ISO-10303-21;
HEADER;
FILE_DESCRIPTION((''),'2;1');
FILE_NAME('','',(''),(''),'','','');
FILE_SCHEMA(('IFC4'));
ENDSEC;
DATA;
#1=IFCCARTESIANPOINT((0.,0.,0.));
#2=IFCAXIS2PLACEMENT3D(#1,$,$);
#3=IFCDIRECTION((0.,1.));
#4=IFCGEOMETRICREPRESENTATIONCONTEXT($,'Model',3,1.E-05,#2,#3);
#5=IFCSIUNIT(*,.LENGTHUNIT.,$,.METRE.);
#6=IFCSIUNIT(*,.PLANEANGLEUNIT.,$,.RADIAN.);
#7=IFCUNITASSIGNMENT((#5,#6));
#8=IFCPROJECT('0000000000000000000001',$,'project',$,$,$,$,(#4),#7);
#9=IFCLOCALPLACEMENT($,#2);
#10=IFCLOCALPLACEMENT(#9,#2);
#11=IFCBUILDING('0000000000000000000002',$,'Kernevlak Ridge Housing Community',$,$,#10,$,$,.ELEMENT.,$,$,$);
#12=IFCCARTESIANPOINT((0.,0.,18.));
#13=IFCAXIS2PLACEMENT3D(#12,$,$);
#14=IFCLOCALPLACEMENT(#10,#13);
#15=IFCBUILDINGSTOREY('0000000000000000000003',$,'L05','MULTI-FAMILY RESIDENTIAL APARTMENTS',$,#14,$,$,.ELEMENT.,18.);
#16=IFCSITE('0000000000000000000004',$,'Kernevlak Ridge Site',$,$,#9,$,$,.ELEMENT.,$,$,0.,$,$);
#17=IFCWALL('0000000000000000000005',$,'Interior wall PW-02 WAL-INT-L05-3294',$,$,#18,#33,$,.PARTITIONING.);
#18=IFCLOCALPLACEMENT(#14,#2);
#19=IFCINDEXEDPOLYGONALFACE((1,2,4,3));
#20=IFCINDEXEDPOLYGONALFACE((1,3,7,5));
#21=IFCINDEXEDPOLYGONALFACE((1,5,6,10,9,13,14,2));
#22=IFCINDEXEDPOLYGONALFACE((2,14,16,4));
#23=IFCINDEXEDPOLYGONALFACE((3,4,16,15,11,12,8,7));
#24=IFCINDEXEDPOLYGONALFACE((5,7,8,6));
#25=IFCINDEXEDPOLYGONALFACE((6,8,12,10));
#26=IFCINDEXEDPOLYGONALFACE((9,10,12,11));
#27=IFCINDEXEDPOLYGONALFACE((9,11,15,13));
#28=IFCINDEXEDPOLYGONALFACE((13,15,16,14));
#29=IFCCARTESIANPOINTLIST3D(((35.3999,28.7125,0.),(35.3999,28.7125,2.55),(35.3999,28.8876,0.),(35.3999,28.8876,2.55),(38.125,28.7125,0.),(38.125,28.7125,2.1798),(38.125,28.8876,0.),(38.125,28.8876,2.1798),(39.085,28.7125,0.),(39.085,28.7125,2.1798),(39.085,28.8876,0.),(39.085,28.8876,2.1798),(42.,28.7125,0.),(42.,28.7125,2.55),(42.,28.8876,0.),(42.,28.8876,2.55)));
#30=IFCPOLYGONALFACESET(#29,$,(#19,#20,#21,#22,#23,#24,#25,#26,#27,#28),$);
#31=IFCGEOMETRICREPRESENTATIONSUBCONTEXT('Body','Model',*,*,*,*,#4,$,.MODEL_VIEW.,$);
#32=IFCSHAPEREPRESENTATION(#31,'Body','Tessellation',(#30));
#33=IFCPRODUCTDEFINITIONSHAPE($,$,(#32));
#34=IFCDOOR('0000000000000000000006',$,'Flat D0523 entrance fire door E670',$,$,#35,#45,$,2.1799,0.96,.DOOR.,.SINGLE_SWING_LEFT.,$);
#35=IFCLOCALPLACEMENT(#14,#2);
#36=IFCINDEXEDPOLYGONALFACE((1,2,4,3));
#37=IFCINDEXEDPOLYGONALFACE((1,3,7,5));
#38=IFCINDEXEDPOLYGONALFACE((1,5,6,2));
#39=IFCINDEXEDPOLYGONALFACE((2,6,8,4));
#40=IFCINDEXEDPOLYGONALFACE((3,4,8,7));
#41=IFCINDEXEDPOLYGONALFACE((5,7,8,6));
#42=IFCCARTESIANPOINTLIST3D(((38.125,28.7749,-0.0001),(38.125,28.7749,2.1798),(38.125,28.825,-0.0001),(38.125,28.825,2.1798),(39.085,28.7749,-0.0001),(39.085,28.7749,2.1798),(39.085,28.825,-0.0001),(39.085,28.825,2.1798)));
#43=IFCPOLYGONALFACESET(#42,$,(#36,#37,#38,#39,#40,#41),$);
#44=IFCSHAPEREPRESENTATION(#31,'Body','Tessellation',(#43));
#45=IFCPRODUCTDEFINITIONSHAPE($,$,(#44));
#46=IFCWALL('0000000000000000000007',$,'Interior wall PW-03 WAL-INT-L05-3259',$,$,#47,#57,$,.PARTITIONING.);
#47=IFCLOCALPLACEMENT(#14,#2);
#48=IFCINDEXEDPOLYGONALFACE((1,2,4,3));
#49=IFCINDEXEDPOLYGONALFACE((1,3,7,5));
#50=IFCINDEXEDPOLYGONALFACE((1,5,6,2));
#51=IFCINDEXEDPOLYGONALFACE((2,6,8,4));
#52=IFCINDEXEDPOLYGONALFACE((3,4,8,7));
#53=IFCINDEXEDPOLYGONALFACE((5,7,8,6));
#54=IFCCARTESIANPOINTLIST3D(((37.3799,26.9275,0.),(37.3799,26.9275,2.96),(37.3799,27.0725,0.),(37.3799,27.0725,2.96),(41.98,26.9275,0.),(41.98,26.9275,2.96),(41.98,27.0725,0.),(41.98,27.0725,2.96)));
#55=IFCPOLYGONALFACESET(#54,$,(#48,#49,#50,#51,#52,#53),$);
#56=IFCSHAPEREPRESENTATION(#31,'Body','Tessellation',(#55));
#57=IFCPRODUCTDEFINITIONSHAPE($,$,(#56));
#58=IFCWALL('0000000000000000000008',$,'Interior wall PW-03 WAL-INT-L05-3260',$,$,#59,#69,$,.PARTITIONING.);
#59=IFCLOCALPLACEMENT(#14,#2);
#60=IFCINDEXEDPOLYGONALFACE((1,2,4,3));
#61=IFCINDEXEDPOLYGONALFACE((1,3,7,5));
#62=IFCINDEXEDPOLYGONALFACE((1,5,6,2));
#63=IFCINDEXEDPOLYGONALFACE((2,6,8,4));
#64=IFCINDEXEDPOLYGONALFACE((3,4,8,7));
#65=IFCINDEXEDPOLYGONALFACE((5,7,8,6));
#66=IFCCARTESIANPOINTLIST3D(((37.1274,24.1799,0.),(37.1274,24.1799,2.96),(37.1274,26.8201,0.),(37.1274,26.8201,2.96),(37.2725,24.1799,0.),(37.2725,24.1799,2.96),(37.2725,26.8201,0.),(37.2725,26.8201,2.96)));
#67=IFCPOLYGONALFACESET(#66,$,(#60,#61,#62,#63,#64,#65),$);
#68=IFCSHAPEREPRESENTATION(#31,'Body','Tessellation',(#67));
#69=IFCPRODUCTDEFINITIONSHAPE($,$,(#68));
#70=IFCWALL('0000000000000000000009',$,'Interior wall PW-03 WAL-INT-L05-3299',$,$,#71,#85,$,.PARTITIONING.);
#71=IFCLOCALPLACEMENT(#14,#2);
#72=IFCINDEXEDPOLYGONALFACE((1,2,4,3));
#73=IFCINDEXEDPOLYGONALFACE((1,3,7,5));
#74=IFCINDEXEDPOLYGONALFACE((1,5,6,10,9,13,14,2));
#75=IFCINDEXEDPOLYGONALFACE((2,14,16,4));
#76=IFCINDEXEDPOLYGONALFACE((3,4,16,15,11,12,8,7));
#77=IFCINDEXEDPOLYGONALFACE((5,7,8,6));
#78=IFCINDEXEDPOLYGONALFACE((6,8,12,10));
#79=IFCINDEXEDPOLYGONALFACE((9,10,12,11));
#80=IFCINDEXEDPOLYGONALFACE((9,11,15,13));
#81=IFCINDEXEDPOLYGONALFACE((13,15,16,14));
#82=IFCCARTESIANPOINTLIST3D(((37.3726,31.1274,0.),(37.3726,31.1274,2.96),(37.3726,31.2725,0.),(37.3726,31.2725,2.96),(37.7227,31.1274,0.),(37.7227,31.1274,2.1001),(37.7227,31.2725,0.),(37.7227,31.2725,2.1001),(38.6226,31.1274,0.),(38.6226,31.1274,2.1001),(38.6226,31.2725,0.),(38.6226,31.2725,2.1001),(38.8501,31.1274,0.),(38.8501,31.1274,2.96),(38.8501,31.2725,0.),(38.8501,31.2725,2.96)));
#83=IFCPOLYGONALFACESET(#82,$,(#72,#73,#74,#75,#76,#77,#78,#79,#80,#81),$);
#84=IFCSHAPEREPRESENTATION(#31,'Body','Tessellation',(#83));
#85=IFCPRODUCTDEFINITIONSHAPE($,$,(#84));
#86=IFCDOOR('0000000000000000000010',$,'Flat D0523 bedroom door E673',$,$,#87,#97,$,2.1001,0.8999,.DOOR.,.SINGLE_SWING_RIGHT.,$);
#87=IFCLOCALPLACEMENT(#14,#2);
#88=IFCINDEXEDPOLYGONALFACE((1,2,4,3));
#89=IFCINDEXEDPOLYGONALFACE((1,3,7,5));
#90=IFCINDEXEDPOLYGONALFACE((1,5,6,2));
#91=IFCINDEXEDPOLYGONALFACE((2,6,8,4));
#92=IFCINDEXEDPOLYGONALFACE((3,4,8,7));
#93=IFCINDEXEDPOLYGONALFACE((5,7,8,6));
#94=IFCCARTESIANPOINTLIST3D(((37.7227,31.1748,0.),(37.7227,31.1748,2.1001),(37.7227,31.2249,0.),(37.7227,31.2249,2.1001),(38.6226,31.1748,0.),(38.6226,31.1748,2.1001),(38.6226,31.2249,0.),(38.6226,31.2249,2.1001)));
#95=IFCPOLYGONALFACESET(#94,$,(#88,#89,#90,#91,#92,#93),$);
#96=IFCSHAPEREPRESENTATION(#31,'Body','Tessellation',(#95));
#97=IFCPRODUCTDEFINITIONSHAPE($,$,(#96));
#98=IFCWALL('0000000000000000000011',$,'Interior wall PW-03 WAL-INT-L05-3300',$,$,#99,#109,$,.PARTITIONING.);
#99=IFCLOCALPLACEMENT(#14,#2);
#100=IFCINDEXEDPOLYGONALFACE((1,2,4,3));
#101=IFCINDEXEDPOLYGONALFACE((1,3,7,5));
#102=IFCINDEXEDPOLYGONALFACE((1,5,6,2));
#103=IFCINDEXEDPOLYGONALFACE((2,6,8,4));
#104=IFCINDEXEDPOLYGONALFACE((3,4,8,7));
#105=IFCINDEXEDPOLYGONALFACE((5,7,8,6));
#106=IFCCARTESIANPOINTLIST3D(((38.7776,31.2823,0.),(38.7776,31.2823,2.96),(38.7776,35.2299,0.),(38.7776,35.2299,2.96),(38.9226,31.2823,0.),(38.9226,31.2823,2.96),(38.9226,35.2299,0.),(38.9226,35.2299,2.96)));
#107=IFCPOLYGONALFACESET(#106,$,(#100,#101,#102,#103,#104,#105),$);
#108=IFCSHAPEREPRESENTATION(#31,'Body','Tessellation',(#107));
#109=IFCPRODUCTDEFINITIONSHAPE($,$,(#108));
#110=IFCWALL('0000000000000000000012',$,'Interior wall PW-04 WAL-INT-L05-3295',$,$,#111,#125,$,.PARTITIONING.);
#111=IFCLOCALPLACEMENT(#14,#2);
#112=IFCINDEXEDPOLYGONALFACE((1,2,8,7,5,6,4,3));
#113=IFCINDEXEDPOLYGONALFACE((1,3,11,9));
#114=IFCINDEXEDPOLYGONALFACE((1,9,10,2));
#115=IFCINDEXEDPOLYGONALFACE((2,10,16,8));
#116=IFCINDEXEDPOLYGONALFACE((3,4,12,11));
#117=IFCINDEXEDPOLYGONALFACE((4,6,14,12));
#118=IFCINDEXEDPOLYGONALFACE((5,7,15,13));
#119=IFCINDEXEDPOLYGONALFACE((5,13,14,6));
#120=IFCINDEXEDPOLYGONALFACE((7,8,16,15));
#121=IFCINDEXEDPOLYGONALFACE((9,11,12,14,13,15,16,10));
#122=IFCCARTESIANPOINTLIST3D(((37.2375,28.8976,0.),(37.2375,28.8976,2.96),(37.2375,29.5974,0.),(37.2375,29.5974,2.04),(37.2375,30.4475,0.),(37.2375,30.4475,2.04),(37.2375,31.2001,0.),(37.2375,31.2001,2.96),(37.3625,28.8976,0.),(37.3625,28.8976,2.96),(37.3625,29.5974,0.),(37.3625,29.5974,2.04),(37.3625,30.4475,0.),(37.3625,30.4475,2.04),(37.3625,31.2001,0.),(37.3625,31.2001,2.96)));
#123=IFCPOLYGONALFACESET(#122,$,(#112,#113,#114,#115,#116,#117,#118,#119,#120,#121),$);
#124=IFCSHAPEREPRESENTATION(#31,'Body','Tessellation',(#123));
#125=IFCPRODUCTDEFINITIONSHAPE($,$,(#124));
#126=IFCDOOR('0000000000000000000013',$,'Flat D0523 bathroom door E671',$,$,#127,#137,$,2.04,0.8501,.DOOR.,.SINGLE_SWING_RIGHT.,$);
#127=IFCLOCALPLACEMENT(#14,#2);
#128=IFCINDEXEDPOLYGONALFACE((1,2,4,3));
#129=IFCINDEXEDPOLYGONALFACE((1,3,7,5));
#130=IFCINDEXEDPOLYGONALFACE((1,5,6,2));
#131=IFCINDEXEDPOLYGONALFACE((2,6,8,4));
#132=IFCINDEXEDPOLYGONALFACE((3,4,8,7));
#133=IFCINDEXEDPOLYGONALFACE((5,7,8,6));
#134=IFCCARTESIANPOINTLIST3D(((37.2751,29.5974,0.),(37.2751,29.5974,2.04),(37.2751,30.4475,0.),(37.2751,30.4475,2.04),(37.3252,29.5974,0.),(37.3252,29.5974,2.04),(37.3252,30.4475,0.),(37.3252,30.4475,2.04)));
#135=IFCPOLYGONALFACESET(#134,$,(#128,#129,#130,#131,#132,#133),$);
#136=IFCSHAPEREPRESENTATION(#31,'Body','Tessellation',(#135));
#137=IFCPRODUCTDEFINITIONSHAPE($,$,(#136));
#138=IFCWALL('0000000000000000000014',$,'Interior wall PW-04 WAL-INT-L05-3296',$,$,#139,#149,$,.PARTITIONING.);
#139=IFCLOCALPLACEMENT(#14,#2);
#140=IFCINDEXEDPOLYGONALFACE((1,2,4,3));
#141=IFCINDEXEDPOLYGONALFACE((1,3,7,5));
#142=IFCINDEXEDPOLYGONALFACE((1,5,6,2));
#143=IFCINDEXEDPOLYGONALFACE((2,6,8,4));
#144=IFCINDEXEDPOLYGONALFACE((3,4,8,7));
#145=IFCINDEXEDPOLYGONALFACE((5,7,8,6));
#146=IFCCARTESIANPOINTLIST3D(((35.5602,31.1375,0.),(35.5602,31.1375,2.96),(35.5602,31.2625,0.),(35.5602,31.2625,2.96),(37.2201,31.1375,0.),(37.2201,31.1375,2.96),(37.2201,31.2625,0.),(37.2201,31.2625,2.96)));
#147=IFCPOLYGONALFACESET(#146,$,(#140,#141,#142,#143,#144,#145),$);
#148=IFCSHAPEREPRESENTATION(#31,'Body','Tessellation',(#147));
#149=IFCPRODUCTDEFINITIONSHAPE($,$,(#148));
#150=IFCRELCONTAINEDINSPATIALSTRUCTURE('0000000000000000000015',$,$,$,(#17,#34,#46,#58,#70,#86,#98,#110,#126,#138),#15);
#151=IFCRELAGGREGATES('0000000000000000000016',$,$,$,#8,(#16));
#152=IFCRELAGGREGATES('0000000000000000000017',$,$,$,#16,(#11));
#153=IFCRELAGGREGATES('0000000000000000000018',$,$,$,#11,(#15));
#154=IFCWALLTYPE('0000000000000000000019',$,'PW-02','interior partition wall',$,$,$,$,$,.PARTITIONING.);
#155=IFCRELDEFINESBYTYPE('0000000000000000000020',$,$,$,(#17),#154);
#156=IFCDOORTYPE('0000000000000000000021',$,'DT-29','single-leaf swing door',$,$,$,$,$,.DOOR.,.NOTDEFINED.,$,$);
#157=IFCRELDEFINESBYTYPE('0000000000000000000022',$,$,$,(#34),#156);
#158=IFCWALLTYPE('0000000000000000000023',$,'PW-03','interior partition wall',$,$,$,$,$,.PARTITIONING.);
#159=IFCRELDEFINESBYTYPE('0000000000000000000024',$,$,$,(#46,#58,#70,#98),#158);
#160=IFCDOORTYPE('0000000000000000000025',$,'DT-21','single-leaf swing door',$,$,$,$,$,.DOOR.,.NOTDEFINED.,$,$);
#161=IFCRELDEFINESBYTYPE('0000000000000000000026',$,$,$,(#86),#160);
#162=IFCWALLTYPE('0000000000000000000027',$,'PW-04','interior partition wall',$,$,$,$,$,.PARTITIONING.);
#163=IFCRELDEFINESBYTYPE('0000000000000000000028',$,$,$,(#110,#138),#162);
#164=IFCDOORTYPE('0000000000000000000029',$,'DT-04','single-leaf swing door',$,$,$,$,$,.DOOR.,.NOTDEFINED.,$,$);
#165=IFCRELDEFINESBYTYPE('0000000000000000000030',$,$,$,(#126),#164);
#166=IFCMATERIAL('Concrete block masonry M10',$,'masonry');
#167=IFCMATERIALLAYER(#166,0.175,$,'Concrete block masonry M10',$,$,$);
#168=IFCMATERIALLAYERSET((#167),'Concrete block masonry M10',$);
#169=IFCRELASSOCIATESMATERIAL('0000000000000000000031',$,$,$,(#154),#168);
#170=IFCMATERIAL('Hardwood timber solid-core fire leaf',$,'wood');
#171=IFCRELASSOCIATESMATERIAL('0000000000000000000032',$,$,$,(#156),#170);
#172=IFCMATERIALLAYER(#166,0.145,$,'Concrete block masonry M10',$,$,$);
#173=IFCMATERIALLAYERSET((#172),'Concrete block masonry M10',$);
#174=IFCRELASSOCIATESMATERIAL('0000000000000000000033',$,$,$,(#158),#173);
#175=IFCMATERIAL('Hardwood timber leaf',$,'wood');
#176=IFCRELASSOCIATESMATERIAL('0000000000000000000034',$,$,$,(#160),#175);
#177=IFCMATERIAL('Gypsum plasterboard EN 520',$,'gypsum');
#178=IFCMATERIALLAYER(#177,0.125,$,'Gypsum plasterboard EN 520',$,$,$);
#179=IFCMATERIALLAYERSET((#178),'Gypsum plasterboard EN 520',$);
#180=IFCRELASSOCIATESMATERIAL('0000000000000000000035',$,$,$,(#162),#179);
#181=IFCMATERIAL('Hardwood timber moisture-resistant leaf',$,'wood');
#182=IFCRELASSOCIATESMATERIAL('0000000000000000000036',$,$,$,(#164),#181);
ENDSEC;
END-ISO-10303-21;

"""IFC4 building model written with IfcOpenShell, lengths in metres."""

from ifc_helpers import new_model, si_unit, direction, frame, frame_2d, origin, place, context, subcontext, project, spatial, rectangle, extrude, material, layer, layer_set, type_object, element, fill, save


model = new_model("IFC4")

# Units and contexts
model_context = context("Model", 3, precision=1e-05, world=origin(), true_north=direction((0.0, 1.0)))
body_context = subcontext(model_context, "Body", "Model", "MODEL_VIEW")
ifc_project = project(units=[si_unit("LENGTHUNIT", "METRE"), si_unit("PLANEANGLEUNIT", "RADIAN")], contexts=[model_context])

# Site, building, storey
site_placement = place(None, origin())
site = spatial("IfcSite", under=ifc_project, at=site_placement, Name="Kernevlak Ridge Site", CompositionType="ELEMENT", RefElevation=0.0)
building_placement = place(site_placement, origin())
building = spatial("IfcBuilding", under=site, at=building_placement, Name="Kernevlak Ridge Housing Community", CompositionType="ELEMENT")
storey_placement = place(building_placement, frame((0.0, 0.0, 18.0)))
storey = spatial("IfcBuildingStorey", under=building, at=storey_placement, Name="L05", Description="MULTI-FAMILY RESIDENTIAL APARTMENTS", CompositionType="ELEMENT", Elevation=18.0)

# Shared definitions
ifc_material_1 = material(Name="Concrete block masonry M10", Category="masonry")

# Wall, opening, door
ifc_layer_1 = layer(ifc_material_1, 0.175, Name="Concrete block masonry M10")
ifc_layer_set_1 = layer_set([ifc_layer_1], Name="Concrete block masonry M10")
wall_type_1 = type_object("IfcWallType", Name="PW-02", Description="interior partition wall", PredefinedType="PARTITIONING", material=ifc_layer_set_1)
wall_1_placement = place(storey_placement, frame((35.3999, 28.8, 0.0), z_axis=(0.0, 0.0, 1.0), x_axis=(1.0, 0.0, 0.0)))
wall_1 = element("IfcWall", 1, at=wall_1_placement, inside=storey, type_object=wall_type_1, Name="Interior wall PW-02 WAL-INT-L05-3294", PredefinedType="PARTITIONING", context=body_context, shape_type="SweptSolid", body=[
    extrude(rectangle(XDim=6.6001, YDim=0.175, at=frame_2d((3.3, 0.0))), origin(), (0.0, 0.0, 1.0), 2.55),
])
opening_1_placement = place(wall_1_placement, frame((2.7251, 0.0, 0.0)))
opening_1 = element("IfcOpeningElement", 2, at=opening_1_placement, cuts=wall_1, PredefinedType="OPENING", context=body_context, shape_type="SweptSolid", body=[
    extrude(rectangle(XDim=0.96, YDim=2.1799, at=frame_2d((0.48, 1.0898))), frame((0.0, 0.0974, 0.0), z_axis=(0.0, -1.0, 0.0), x_axis=(1.0, 0.0, 0.0)), (0.0, 0.0, 1.0), 0.1951),
])
ifc_material_2 = material(Name="Hardwood timber solid-core fire leaf", Category="wood")
door_type_1 = type_object("IfcDoorType", Name="DT-29", Description="single-leaf swing door", OperationType="NOTDEFINED", PredefinedType="DOOR", material=ifc_material_2)
door_1_placement = place(opening_1_placement, origin())
door_1 = element("IfcDoor", 3, at=door_1_placement, inside=storey, type_object=door_type_1, Name="Flat D0523 entrance fire door E670", OperationType="SINGLE_SWING_LEFT", OverallHeight=2.1799, OverallWidth=0.96, PredefinedType="DOOR", context=body_context, shape_type="SweptSolid", body=[
    extrude(rectangle(XDim=0.96, YDim=2.1799, at=frame_2d((0.48, 1.0898))), frame((0.0, 0.0249, 0.0), z_axis=(0.0, -1.0, 0.0), x_axis=(1.0, 0.0, 0.0)), (0.0, 0.0, 1.0), 0.05),
])
fill(opening_1, door_1)

# Walls
ifc_layer_2 = layer(ifc_material_1, 0.145, Name="Concrete block masonry M10")
ifc_layer_set_2 = layer_set([ifc_layer_2], Name="Concrete block masonry M10")
wall_type_2 = type_object("IfcWallType", Name="PW-03", Description="interior partition wall", PredefinedType="PARTITIONING", material=ifc_layer_set_2)
wall_2_placement = place(storey_placement, frame((37.3799, 27.0, 0.0), z_axis=(0.0, 0.0, 1.0), x_axis=(1.0, 0.0, 0.0)))
element("IfcWall", 4, at=wall_2_placement, inside=storey, type_object=wall_type_2, Name="Interior wall PW-03 WAL-INT-L05-3259", PredefinedType="PARTITIONING", context=body_context, shape_type="SweptSolid", body=[
    extrude(rectangle(XDim=4.6001, YDim=0.145, at=frame_2d((2.3, 0.0))), origin(), (0.0, 0.0, 1.0), 2.96),
])
wall_3_placement = place(storey_placement, frame((37.2, 24.1799, 0.0), z_axis=(0.0, 0.0, 1.0), x_axis=(0.0, 1.0, 0.0)))
element("IfcWall", 5, at=wall_3_placement, inside=storey, type_object=wall_type_2, Name="Interior wall PW-03 WAL-INT-L05-3260", PredefinedType="PARTITIONING", context=body_context, shape_type="SweptSolid", body=[
    extrude(rectangle(XDim=2.6401, YDim=0.145, at=frame_2d((1.3201, 0.0))), origin(), (0.0, 0.0, 1.0), 2.96),
])

# Wall, opening, door
wall_4_placement = place(storey_placement, frame((37.3726, 31.2, 0.0), z_axis=(0.0, 0.0, 1.0), x_axis=(1.0, 0.0, 0.0)))
wall_4 = element("IfcWall", 6, at=wall_4_placement, inside=storey, type_object=wall_type_2, Name="Interior wall PW-03 WAL-INT-L05-3299", PredefinedType="PARTITIONING", context=body_context, shape_type="SweptSolid", body=[
    extrude(rectangle(XDim=1.4775, YDim=0.145, at=frame_2d((0.7388, 0.0))), origin(), (0.0, 0.0, 1.0), 2.96),
])
opening_2_placement = place(wall_4_placement, frame((0.3501, 0.0, 0.0)))
opening_2 = element("IfcOpeningElement", 7, at=opening_2_placement, cuts=wall_4, PredefinedType="OPENING", context=body_context, shape_type="SweptSolid", body=[
    extrude(rectangle(XDim=0.8999, YDim=2.1001, at=frame_2d((0.45, 1.05))), frame((0.0, 0.0825, 0.0), z_axis=(0.0, -1.0, 0.0), x_axis=(1.0, 0.0, 0.0)), (0.0, 0.0, 1.0), 0.165),
])
ifc_material_3 = material(Name="Hardwood timber leaf", Category="wood")
door_type_2 = type_object("IfcDoorType", Name="DT-21", Description="single-leaf swing door", OperationType="NOTDEFINED", PredefinedType="DOOR", material=ifc_material_3)
door_2_placement = place(opening_2_placement, origin())
door_2 = element("IfcDoor", 8, at=door_2_placement, inside=storey, type_object=door_type_2, Name="Flat D0523 bedroom door E673", OperationType="SINGLE_SWING_RIGHT", OverallHeight=2.1001, OverallWidth=0.8999, PredefinedType="DOOR", context=body_context, shape_type="SweptSolid", body=[
    extrude(rectangle(XDim=0.8999, YDim=2.1001, at=frame_2d((0.45, 1.05))), frame((0.0, 0.0249, 0.0), z_axis=(0.0, -1.0, 0.0), x_axis=(1.0, 0.0, 0.0)), (0.0, 0.0, 1.0), 0.05),
])
fill(opening_2, door_2)

# Wall
wall_5_placement = place(storey_placement, frame((38.8501, 31.2825, 0.0), z_axis=(0.0, 0.0, 1.0), x_axis=(0.0, 1.0, 0.0)))
element("IfcWall", 9, at=wall_5_placement, inside=storey, type_object=wall_type_2, Name="Interior wall PW-03 WAL-INT-L05-3300", PredefinedType="PARTITIONING", context=body_context, shape_type="SweptSolid", body=[
    extrude(rectangle(XDim=3.9475, YDim=0.145, at=frame_2d((1.9736, 0.0))), origin(), (0.0, 0.0, 1.0), 2.96),
])

# Wall, opening, door
ifc_material_4 = material(Name="Gypsum plasterboard EN 520", Category="gypsum")
ifc_layer_3 = layer(ifc_material_4, 0.125, Name="Gypsum plasterboard EN 520")
ifc_layer_set_3 = layer_set([ifc_layer_3], Name="Gypsum plasterboard EN 520")
wall_type_3 = type_object("IfcWallType", Name="PW-04", Description="interior partition wall", PredefinedType="PARTITIONING", material=ifc_layer_set_3)
wall_6_placement = place(storey_placement, frame((37.3, 28.8975, 0.0), z_axis=(0.0, 0.0, 1.0), x_axis=(0.0, 1.0, 0.0)))
wall_6 = element("IfcWall", 10, at=wall_6_placement, inside=storey, type_object=wall_type_3, Name="Interior wall PW-04 WAL-INT-L05-3295", PredefinedType="PARTITIONING", context=body_context, shape_type="SweptSolid", body=[
    extrude(rectangle(XDim=2.3025, YDim=0.125, at=frame_2d((1.1514, 0.0))), origin(), (0.0, 0.0, 1.0), 2.96),
])
opening_3_placement = place(wall_6_placement, frame((0.7, 0.0, 0.0)))
opening_3 = element("IfcOpeningElement", 11, at=opening_3_placement, cuts=wall_6, PredefinedType="OPENING", context=body_context, shape_type="SweptSolid", body=[
    extrude(rectangle(XDim=0.8501, YDim=2.04, at=frame_2d((0.425, 1.02))), frame((0.0, 0.0725, 0.0), z_axis=(0.0, -1.0, 0.0), x_axis=(1.0, 0.0, 0.0)), (0.0, 0.0, 1.0), 0.145),
])
ifc_material_5 = material(Name="Hardwood timber moisture-resistant leaf", Category="wood")
door_type_3 = type_object("IfcDoorType", Name="DT-04", Description="single-leaf swing door", OperationType="NOTDEFINED", PredefinedType="DOOR", material=ifc_material_5)
door_3_placement = place(opening_3_placement, origin())
door_3 = element("IfcDoor", 12, at=door_3_placement, inside=storey, type_object=door_type_3, Name="Flat D0523 bathroom door E671", OperationType="SINGLE_SWING_RIGHT", OverallHeight=2.04, OverallWidth=0.8501, PredefinedType="DOOR", context=body_context, shape_type="SweptSolid", body=[
    extrude(rectangle(XDim=0.8501, YDim=2.04, at=frame_2d((0.425, 1.02))), frame((0.0, 0.0249, 0.0), z_axis=(0.0, -1.0, 0.0), x_axis=(1.0, 0.0, 0.0)), (0.0, 0.0, 1.0), 0.05),
])
fill(opening_3, door_3)

# Wall
wall_7_placement = place(storey_placement, frame((35.5601, 31.2, 0.0), z_axis=(0.0, 0.0, 1.0), x_axis=(1.0, 0.0, 0.0)))
element("IfcWall", 13, at=wall_7_placement, inside=storey, type_object=wall_type_3, Name="Interior wall PW-04 WAL-INT-L05-3296", PredefinedType="PARTITIONING", context=body_context, shape_type="SweptSolid", body=[
    extrude(rectangle(XDim=1.6599, YDim=0.125, at=frame_2d((0.8301, 0.0))), origin(), (0.0, 0.0, 1.0), 2.96),
])

save(model, "model.ifc")
